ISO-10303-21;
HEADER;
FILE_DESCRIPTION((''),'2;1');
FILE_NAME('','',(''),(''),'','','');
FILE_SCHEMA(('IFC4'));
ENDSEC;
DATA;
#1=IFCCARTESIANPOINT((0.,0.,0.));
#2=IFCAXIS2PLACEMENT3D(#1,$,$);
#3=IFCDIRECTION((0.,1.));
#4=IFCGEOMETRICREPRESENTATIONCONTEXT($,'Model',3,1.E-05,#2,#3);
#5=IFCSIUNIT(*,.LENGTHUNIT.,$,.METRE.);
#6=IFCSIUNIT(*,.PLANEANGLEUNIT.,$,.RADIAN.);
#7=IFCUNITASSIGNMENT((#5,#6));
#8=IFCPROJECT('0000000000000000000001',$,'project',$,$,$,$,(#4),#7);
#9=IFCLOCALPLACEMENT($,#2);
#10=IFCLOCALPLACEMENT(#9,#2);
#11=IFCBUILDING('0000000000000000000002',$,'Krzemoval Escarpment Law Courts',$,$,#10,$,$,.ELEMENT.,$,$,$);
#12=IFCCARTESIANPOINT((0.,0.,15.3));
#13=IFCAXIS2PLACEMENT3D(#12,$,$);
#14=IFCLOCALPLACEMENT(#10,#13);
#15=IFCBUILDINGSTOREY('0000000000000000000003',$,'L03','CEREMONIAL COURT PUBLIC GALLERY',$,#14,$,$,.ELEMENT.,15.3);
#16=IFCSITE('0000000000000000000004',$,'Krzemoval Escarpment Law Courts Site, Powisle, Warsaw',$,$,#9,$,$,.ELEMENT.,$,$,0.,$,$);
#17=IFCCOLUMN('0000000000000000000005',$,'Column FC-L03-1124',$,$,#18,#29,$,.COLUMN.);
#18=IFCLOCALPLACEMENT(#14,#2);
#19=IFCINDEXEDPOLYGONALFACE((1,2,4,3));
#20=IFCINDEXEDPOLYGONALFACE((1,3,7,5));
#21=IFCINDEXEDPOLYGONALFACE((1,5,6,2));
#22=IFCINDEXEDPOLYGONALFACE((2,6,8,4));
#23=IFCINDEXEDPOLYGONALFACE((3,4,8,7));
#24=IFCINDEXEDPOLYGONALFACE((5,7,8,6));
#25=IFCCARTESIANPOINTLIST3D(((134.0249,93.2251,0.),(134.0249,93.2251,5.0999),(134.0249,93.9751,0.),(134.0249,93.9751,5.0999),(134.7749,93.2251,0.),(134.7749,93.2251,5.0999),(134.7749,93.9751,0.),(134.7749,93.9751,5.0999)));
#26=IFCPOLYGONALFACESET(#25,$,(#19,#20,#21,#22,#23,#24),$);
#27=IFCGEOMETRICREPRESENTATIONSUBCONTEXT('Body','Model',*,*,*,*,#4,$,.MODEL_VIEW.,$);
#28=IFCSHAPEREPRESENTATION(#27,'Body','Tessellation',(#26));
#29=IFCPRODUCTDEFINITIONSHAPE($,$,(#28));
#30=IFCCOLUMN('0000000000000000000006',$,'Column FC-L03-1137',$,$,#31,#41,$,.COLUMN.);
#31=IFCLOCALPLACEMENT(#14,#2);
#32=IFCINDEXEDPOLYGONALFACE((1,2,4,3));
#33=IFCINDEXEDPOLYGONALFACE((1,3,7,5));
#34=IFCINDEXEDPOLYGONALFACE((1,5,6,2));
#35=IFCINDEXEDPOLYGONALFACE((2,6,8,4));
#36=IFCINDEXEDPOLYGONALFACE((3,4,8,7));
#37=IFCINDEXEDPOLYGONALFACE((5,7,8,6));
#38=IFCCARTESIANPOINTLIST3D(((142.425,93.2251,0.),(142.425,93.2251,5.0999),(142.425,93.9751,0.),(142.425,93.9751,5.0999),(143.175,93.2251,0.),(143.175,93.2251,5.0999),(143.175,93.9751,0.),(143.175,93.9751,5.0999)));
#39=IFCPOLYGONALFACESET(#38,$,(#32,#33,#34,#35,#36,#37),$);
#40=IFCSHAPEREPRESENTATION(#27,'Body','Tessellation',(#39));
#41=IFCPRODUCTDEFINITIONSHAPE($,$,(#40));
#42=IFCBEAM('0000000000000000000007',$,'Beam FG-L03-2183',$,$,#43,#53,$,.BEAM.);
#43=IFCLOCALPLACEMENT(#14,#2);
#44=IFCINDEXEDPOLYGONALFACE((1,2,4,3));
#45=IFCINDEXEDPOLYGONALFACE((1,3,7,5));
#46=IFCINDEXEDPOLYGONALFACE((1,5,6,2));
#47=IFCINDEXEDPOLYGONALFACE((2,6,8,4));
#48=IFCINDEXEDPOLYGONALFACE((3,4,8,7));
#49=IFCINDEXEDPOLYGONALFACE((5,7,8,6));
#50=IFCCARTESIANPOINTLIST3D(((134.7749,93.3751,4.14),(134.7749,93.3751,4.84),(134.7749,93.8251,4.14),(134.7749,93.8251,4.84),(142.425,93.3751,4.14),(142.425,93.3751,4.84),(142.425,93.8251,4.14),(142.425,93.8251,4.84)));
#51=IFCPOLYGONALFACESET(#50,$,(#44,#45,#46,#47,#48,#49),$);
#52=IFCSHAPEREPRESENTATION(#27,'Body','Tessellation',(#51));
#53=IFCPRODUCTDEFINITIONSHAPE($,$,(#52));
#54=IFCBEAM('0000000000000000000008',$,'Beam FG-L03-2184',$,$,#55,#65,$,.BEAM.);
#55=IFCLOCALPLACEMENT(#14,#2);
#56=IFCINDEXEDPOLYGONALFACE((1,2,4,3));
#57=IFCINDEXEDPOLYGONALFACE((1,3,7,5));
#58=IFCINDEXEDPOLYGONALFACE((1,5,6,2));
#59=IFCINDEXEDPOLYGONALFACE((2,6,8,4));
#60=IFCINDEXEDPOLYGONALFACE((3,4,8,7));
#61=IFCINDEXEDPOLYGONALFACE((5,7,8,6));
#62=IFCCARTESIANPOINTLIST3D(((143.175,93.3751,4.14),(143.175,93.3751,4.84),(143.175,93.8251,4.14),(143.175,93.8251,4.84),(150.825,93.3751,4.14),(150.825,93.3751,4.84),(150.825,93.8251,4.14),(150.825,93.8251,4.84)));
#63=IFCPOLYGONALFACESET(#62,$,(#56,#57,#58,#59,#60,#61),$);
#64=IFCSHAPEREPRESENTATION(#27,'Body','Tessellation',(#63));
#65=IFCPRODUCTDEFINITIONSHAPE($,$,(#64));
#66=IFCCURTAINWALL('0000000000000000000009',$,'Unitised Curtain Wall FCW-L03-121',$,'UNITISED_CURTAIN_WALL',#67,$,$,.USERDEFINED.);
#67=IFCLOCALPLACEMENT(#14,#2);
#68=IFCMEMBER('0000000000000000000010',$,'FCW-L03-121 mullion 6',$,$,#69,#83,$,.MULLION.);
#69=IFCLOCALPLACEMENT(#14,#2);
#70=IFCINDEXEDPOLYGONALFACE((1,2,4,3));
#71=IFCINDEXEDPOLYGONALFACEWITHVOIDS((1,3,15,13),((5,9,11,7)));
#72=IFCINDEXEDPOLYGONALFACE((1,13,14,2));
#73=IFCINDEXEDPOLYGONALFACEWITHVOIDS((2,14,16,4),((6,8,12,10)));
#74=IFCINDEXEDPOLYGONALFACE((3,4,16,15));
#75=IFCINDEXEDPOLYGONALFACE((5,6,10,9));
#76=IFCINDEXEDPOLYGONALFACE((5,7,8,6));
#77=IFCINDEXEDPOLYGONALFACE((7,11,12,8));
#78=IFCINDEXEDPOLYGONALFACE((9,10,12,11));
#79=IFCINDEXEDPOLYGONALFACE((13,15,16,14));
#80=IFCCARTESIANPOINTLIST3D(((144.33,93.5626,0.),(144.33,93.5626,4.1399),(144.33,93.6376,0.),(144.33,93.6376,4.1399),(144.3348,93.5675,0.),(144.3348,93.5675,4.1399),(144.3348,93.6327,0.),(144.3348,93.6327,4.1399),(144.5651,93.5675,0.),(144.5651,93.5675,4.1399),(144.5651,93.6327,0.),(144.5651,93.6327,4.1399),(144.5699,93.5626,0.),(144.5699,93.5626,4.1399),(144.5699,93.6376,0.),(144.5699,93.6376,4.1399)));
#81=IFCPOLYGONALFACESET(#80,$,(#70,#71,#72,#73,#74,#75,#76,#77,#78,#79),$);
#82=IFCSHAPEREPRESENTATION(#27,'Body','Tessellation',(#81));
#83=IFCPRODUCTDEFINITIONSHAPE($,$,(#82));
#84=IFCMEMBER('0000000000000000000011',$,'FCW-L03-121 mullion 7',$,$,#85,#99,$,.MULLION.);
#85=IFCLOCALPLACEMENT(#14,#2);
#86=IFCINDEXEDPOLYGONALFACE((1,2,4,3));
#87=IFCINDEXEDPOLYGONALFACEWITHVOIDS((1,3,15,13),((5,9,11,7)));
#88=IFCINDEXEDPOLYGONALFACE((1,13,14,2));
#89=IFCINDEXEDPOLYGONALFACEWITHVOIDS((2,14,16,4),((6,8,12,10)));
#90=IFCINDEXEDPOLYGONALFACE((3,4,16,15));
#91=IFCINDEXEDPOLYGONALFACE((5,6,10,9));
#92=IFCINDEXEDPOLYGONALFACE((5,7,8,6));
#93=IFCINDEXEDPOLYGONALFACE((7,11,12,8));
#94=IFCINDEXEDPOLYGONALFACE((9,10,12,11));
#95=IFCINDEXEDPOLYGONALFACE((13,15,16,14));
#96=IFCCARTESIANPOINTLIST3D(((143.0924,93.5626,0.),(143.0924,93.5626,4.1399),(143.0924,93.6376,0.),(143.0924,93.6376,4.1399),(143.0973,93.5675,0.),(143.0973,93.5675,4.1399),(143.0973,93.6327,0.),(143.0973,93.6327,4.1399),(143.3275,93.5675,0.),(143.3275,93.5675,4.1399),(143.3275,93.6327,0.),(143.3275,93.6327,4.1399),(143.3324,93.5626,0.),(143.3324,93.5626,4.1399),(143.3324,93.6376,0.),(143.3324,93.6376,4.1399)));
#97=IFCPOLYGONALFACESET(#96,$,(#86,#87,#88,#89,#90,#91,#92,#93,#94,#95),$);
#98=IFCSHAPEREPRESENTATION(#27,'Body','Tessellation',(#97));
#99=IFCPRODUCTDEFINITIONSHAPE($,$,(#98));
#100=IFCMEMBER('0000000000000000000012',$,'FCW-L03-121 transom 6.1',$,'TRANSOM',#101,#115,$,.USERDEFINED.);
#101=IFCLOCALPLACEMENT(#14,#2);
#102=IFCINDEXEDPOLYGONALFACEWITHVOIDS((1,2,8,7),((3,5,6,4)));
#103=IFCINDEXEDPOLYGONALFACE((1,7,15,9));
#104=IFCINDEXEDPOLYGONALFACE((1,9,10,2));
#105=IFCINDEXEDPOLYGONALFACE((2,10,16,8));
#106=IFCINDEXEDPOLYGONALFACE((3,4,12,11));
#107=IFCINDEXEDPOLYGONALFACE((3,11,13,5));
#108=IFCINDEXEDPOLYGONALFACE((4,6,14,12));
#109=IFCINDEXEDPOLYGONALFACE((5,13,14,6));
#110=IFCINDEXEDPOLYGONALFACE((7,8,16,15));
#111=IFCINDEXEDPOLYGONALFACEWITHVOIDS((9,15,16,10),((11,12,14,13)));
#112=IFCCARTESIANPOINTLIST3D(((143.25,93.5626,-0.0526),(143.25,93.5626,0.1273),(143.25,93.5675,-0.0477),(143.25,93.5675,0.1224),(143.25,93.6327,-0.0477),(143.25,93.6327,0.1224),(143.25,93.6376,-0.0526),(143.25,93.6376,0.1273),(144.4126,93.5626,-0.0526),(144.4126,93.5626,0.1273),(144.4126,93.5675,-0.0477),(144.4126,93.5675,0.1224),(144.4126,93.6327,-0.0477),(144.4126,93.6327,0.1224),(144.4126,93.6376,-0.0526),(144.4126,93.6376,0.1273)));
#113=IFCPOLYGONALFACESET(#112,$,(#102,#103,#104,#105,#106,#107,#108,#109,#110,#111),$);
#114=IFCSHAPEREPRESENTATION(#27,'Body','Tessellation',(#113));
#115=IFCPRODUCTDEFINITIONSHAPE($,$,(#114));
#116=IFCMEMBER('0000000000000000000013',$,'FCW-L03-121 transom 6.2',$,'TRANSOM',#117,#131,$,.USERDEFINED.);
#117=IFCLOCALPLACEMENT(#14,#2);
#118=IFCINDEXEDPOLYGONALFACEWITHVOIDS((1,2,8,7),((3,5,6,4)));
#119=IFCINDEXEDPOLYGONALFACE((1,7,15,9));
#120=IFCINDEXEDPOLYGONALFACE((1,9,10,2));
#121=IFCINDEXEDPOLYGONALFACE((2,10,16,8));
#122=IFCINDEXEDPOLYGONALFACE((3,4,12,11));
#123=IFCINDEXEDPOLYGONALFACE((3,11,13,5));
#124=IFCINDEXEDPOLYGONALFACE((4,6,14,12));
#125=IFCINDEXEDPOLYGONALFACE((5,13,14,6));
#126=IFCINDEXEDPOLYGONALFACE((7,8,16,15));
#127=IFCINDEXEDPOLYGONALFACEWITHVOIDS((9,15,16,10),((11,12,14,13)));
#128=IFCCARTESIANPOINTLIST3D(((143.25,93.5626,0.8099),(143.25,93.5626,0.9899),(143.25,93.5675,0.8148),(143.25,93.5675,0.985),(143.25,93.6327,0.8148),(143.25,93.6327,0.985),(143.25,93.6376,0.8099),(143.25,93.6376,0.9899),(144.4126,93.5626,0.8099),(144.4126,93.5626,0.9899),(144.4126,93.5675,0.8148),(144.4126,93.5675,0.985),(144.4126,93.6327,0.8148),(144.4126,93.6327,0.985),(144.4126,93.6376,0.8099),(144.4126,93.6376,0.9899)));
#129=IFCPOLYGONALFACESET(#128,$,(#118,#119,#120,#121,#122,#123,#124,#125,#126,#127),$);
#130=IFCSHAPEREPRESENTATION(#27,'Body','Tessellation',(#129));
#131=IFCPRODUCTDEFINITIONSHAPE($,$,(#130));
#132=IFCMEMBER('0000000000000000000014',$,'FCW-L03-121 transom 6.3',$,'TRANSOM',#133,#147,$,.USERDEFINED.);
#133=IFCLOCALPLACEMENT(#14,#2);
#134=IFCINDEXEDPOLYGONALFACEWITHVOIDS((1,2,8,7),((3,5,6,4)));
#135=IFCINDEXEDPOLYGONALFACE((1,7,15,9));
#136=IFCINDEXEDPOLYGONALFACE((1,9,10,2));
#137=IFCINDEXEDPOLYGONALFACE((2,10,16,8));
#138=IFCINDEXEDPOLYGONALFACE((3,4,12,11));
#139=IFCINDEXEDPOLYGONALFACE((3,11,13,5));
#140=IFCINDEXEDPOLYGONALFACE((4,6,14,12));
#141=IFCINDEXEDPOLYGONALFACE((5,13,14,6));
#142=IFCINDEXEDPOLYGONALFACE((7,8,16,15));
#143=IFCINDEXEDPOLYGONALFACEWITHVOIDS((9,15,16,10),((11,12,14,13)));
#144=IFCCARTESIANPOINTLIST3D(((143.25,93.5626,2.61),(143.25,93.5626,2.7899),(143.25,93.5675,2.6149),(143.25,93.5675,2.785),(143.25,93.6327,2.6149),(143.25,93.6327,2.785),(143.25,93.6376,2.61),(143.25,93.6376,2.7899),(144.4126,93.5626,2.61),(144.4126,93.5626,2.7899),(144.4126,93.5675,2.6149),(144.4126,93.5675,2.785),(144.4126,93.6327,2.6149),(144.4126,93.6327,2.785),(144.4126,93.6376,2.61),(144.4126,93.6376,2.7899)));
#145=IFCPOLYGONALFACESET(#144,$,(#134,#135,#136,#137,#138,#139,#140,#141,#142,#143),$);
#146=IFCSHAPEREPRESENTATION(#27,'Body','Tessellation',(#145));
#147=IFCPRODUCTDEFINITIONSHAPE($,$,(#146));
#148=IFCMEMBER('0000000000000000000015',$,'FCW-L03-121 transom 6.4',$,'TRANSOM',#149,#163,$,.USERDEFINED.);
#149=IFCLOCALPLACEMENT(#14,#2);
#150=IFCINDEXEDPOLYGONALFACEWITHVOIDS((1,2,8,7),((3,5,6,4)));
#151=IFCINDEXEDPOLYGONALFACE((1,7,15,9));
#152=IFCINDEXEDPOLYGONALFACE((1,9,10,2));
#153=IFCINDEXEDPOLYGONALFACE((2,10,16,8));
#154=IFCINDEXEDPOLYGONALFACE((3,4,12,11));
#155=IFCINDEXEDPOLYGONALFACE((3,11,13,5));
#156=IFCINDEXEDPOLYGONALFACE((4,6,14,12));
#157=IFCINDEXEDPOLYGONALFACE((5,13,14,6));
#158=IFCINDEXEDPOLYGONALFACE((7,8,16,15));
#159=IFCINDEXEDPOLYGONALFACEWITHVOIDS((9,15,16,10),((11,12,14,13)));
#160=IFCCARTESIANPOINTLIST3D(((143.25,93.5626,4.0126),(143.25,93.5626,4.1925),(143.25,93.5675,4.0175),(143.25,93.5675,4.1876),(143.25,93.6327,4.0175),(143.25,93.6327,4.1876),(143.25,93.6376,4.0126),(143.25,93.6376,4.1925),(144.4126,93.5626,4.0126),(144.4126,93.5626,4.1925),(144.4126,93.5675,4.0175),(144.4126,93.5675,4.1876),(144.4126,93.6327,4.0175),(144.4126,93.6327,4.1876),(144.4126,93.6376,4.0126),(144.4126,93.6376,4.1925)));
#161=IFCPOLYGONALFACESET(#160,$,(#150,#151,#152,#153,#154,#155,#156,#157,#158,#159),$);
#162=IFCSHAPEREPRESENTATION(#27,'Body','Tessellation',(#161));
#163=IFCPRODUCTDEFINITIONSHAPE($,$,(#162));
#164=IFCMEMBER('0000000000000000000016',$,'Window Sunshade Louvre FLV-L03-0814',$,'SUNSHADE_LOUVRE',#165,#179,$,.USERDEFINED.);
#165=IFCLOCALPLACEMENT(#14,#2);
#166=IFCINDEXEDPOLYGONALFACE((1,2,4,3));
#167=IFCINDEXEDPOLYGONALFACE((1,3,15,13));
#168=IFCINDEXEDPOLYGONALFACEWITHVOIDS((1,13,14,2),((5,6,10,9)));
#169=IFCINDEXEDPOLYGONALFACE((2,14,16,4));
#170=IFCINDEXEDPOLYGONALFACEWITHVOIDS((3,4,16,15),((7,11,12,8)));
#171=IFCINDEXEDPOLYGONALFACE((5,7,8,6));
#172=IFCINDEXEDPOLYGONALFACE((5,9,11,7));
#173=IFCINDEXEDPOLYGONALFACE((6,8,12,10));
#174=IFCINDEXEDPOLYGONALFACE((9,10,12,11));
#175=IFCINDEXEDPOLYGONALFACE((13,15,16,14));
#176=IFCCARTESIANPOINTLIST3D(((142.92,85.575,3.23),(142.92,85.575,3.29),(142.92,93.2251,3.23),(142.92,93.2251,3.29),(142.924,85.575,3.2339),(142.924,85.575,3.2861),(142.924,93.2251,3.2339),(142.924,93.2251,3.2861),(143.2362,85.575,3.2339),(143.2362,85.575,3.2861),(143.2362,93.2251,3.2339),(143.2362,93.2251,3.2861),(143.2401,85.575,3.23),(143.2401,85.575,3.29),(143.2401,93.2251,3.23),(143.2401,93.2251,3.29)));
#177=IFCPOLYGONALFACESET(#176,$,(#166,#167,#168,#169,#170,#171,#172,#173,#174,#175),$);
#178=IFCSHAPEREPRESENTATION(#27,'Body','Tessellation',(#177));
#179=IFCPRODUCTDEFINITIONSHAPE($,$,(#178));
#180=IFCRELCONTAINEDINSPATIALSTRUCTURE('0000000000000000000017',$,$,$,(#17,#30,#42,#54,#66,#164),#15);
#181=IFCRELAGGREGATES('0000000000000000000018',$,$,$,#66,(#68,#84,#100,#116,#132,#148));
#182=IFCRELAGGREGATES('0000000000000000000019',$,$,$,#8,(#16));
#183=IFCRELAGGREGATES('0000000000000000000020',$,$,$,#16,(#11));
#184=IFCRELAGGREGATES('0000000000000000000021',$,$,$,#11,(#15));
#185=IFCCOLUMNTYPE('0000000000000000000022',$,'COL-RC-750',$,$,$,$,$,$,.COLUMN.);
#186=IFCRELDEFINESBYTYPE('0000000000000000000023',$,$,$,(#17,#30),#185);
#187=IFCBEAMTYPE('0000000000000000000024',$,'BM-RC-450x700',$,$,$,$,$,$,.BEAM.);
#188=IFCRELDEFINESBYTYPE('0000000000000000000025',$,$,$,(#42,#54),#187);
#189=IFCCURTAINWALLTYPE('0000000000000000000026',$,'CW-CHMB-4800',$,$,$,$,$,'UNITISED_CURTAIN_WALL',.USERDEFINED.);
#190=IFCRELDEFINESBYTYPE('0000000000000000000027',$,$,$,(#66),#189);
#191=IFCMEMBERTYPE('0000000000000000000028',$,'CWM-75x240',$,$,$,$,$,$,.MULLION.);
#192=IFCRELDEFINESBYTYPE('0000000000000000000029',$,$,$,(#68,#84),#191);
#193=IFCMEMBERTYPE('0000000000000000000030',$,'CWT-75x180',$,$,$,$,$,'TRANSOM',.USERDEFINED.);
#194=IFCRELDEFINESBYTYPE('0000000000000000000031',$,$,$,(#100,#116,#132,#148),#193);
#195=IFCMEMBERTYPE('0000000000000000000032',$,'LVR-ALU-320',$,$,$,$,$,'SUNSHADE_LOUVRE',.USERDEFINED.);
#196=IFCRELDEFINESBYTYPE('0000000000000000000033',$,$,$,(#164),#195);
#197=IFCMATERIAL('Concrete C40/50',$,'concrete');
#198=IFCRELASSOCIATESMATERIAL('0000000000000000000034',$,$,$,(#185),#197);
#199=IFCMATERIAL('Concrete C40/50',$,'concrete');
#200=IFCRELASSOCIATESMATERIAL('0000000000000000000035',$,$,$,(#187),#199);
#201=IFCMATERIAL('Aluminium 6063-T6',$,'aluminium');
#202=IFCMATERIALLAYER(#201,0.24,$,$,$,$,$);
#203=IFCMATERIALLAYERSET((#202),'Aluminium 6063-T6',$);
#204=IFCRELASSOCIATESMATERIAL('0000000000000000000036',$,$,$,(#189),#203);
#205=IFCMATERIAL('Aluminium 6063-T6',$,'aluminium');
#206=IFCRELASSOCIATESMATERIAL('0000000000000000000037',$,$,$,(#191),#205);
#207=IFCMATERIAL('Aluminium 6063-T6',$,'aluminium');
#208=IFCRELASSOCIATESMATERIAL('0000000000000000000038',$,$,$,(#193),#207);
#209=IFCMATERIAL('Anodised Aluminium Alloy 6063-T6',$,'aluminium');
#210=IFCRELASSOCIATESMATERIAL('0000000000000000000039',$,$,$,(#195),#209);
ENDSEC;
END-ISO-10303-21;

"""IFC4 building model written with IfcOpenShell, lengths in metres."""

from ifc_helpers import new_model, si_unit, direction, frame, origin, origin_2d, place, context, subcontext, project, spatial, rectangle, hollow_rectangle, extrude, material, layer, layer_set, material_profile, profile_set, type_object, element, aggregate, save


model = new_model("IFC4")

# Units and contexts
model_context = context("Model", 3, precision=1e-05, world=origin(), true_north=direction((0.0, 1.0)))
body_context = subcontext(model_context, "Body", "Model", "MODEL_VIEW")
ifc_project = project(units=[si_unit("LENGTHUNIT", "METRE"), si_unit("PLANEANGLEUNIT", "RADIAN")], contexts=[model_context])

# Site, building, storey
site_placement = place(None, origin())
site = spatial("IfcSite", under=ifc_project, at=site_placement, Name="Krzemoval Escarpment Law Courts Site, Powisle, Warsaw", CompositionType="ELEMENT", RefElevation=0.0)
building_placement = place(site_placement, origin())
building = spatial("IfcBuilding", under=site, at=building_placement, Name="Krzemoval Escarpment Law Courts", CompositionType="ELEMENT")
storey_placement = place(building_placement, frame((0.0, 0.0, 15.3)))
storey = spatial("IfcBuildingStorey", under=building, at=storey_placement, Name="L03", Description="CEREMONIAL COURT PUBLIC GALLERY", CompositionType="ELEMENT", Elevation=15.3)

# Columns
ifc_material_1 = material(Name="Concrete C40/50", Category="concrete")
ifc_material_profile_1 = material_profile(ifc_material_1, rectangle(XDim=0.75, YDim=0.75, at=origin_2d()), Name="RC 750x750")
ifc_profile_set_1 = profile_set([ifc_material_profile_1], Name="Concrete C40/50")
column_type = type_object("IfcColumnType", Name="COL-RC-750", PredefinedType="COLUMN", material=ifc_profile_set_1)
for number, where, z_axis, x_axis, name in (
    (1, (134.3999, 93.6001, 0.0), (0.0, 0.0, 1.0), (1.0, 0.0, 0.0), "Column FC-L03-1124"),
    (2, (142.8, 93.6001, 0.0), (0.0, 0.0, 1.0), (1.0, 0.0, 0.0), "Column FC-L03-1137"),
):
    element("IfcColumn", number, at=place(storey_placement, frame(where, z_axis=z_axis, x_axis=x_axis)), inside=storey, type_object=column_type, Name=name, PredefinedType="COLUMN", context=body_context, shape_type="SweptSolid", body=[
        extrude(rectangle(XDim=0.75, YDim=0.75, at=origin_2d()), origin(), (0.0, 0.0, 1.0), 5.0999),
    ])

# Beams
ifc_material_2 = material(Name="Concrete C40/50", Category="concrete")
ifc_material_profile_2 = material_profile(ifc_material_2, rectangle(XDim=0.45, YDim=0.7, at=origin_2d()), Name="RCB 450x700")
ifc_profile_set_2 = profile_set([ifc_material_profile_2], Name="Concrete C40/50")
beam_type = type_object("IfcBeamType", Name="BM-RC-450x700", PredefinedType="BEAM", material=ifc_profile_set_2)
beam_1_placement = place(storey_placement, frame((134.7749, 93.6001, 4.49), z_axis=(1.0, 0.0, 0.0), x_axis=(0.0, 1.0, 0.0)))
element("IfcBeam", 3, at=beam_1_placement, inside=storey, type_object=beam_type, Name="Beam FG-L03-2183", PredefinedType="BEAM", context=body_context, shape_type="SweptSolid", body=[
    extrude(rectangle(XDim=0.45, YDim=0.7, at=origin_2d()), origin(), (0.0, 0.0, 1.0), 7.6501),
])
beam_2_placement = place(storey_placement, frame((143.175, 93.6001, 4.49), z_axis=(1.0, 0.0, 0.0), x_axis=(0.0, 1.0, 0.0)))
element("IfcBeam", 4, at=beam_2_placement, inside=storey, type_object=beam_type, Name="Beam FG-L03-2184", PredefinedType="BEAM", context=body_context, shape_type="SweptSolid", body=[
    extrude(rectangle(XDim=0.45, YDim=0.7, at=origin_2d()), origin(), (0.0, 0.0, 1.0), 7.6499),
])

# Curtain wall, members
ifc_material_3 = material(Name="Aluminium 6063-T6", Category="aluminium")
ifc_layer_1 = layer(ifc_material_3, 0.24)
ifc_layer_set_1 = layer_set([ifc_layer_1], Name="Aluminium 6063-T6")
curtain_wall_type = type_object("IfcCurtainWallType", Name="CW-CHMB-4800", ElementType="UNITISED_CURTAIN_WALL", PredefinedType="USERDEFINED", material=ifc_layer_set_1)
curtain_wall_placement = place(storey_placement, origin())
curtain_wall = element("IfcCurtainWall", 5, at=curtain_wall_placement, inside=storey, type_object=curtain_wall_type, Name="Unitised Curtain Wall FCW-L03-121", ObjectType="UNITISED_CURTAIN_WALL", PredefinedType="USERDEFINED")
ifc_material_4 = material(Name="Aluminium 6063-T6", Category="aluminium")
ifc_material_profile_3 = material_profile(ifc_material_4, hollow_rectangle(XDim=0.075, YDim=0.24, WallThickness=0.0049, at=origin_2d()), Name="ALU M75x240")
ifc_profile_set_3 = profile_set([ifc_material_profile_3], Name="Aluminium 6063-T6")
member_type_1 = type_object("IfcMemberType", Name="CWM-75x240", PredefinedType="MULLION", material=ifc_profile_set_3)
member_1_placement = place(storey_placement, frame((144.45, 93.6001, 0.0), z_axis=(0.0, 0.0, 1.0), x_axis=(0.0, -1.0, 0.0)))
member_1 = element("IfcMember", 6, at=member_1_placement, type_object=member_type_1, Name="FCW-L03-121 mullion 6", PredefinedType="MULLION", context=body_context, shape_type="SweptSolid", body=[
    extrude(hollow_rectangle(XDim=0.075, YDim=0.24, WallThickness=0.0049, at=origin_2d()), origin(), (0.0, 0.0, 1.0), 4.1399),
])
member_2_placement = place(storey_placement, frame((143.2124, 93.6001, 0.0), z_axis=(0.0, 0.0, 1.0), x_axis=(0.0, -1.0, 0.0)))
member_2 = element("IfcMember", 7, at=member_2_placement, type_object=member_type_1, Name="FCW-L03-121 mullion 7", PredefinedType="MULLION", context=body_context, shape_type="SweptSolid", body=[
    extrude(hollow_rectangle(XDim=0.075, YDim=0.24, WallThickness=0.0049, at=origin_2d()), origin(), (0.0, 0.0, 1.0), 4.1399),
])
ifc_material_5 = material(Name="Aluminium 6063-T6", Category="aluminium")
ifc_material_profile_4 = material_profile(ifc_material_5, hollow_rectangle(XDim=0.075, YDim=0.1799, WallThickness=0.0049, at=origin_2d()), Name="ALU T75x180")
ifc_profile_set_4 = profile_set([ifc_material_profile_4], Name="Aluminium 6063-T6")
member_type_2 = type_object("IfcMemberType", Name="CWT-75x180", ElementType="TRANSOM", PredefinedType="USERDEFINED", material=ifc_profile_set_4)
member_3_placement = place(storey_placement, frame((144.4126, 93.6001, 0.0374), z_axis=(-1.0, 0.0, 0.0), x_axis=(0.0, -1.0, 0.0)))
member_3 = element("IfcMember", 8, at=member_3_placement, type_object=member_type_2, Name="FCW-L03-121 transom 6.1", ObjectType="TRANSOM", PredefinedType="USERDEFINED", context=body_context, shape_type="SweptSolid", body=[
    extrude(hollow_rectangle(XDim=0.075, YDim=0.1799, WallThickness=0.0049, at=origin_2d()), origin(), (0.0, 0.0, 1.0), 1.1626),
])
member_4_placement = place(storey_placement, frame((144.4126, 93.6001, 0.8999), z_axis=(-1.0, 0.0, 0.0), x_axis=(0.0, -1.0, 0.0)))
member_4 = element("IfcMember", 9, at=member_4_placement, type_object=member_type_2, Name="FCW-L03-121 transom 6.2", ObjectType="TRANSOM", PredefinedType="USERDEFINED", context=body_context, shape_type="SweptSolid", body=[
    extrude(hollow_rectangle(XDim=0.075, YDim=0.1799, WallThickness=0.0049, at=origin_2d()), origin(), (0.0, 0.0, 1.0), 1.1626),
])
member_5_placement = place(storey_placement, frame((144.4126, 93.6001, 2.7), z_axis=(-1.0, 0.0, 0.0), x_axis=(0.0, -1.0, 0.0)))
member_5 = element("IfcMember", 10, at=member_5_placement, type_object=member_type_2, Name="FCW-L03-121 transom 6.3", ObjectType="TRANSOM", PredefinedType="USERDEFINED", context=body_context, shape_type="SweptSolid", body=[
    extrude(hollow_rectangle(XDim=0.075, YDim=0.1799, WallThickness=0.0049, at=origin_2d()), origin(), (0.0, 0.0, 1.0), 1.1626),
])
member_6_placement = place(storey_placement, frame((144.4126, 93.6001, 4.1025), z_axis=(-1.0, 0.0, 0.0), x_axis=(0.0, -1.0, 0.0)))
member_6 = element("IfcMember", 11, at=member_6_placement, type_object=member_type_2, Name="FCW-L03-121 transom 6.4", ObjectType="TRANSOM", PredefinedType="USERDEFINED", context=body_context, shape_type="SweptSolid", body=[
    extrude(hollow_rectangle(XDim=0.075, YDim=0.1799, WallThickness=0.0049, at=origin_2d()), origin(), (0.0, 0.0, 1.0), 1.1626),
])

# Member
ifc_material_6 = material(Name="Anodised Aluminium Alloy 6063-T6", Category="aluminium")
ifc_material_profile_5 = material_profile(ifc_material_6, hollow_rectangle(XDim=0.0601, YDim=0.3201, WallThickness=0.0039, at=origin_2d()), Name="ALU LVR 60x320")
ifc_profile_set_5 = profile_set([ifc_material_profile_5], Name="Anodised Aluminium Alloy 6063-T6")
member_type_3 = type_object("IfcMemberType", Name="LVR-ALU-320", ElementType="SUNSHADE_LOUVRE", PredefinedType="USERDEFINED", material=ifc_profile_set_5)
member_7_placement = place(storey_placement, frame((143.0801, 93.2251, 3.26), z_axis=(0.0, -1.0, 0.0), x_axis=(0.0, 0.0, 1.0)))
element("IfcMember", 12, at=member_7_placement, inside=storey, type_object=member_type_3, Name="Window Sunshade Louvre FLV-L03-0814", ObjectType="SUNSHADE_LOUVRE", PredefinedType="USERDEFINED", context=body_context, shape_type="SweptSolid", body=[
    extrude(hollow_rectangle(XDim=0.0601, YDim=0.3201, WallThickness=0.0039, at=origin_2d()), origin(), (0.0, 0.0, 1.0), 7.6501),
])

aggregate(curtain_wall, [member_1, member_2, member_3, member_4, member_5, member_6])

save(model, "model.ifc")
